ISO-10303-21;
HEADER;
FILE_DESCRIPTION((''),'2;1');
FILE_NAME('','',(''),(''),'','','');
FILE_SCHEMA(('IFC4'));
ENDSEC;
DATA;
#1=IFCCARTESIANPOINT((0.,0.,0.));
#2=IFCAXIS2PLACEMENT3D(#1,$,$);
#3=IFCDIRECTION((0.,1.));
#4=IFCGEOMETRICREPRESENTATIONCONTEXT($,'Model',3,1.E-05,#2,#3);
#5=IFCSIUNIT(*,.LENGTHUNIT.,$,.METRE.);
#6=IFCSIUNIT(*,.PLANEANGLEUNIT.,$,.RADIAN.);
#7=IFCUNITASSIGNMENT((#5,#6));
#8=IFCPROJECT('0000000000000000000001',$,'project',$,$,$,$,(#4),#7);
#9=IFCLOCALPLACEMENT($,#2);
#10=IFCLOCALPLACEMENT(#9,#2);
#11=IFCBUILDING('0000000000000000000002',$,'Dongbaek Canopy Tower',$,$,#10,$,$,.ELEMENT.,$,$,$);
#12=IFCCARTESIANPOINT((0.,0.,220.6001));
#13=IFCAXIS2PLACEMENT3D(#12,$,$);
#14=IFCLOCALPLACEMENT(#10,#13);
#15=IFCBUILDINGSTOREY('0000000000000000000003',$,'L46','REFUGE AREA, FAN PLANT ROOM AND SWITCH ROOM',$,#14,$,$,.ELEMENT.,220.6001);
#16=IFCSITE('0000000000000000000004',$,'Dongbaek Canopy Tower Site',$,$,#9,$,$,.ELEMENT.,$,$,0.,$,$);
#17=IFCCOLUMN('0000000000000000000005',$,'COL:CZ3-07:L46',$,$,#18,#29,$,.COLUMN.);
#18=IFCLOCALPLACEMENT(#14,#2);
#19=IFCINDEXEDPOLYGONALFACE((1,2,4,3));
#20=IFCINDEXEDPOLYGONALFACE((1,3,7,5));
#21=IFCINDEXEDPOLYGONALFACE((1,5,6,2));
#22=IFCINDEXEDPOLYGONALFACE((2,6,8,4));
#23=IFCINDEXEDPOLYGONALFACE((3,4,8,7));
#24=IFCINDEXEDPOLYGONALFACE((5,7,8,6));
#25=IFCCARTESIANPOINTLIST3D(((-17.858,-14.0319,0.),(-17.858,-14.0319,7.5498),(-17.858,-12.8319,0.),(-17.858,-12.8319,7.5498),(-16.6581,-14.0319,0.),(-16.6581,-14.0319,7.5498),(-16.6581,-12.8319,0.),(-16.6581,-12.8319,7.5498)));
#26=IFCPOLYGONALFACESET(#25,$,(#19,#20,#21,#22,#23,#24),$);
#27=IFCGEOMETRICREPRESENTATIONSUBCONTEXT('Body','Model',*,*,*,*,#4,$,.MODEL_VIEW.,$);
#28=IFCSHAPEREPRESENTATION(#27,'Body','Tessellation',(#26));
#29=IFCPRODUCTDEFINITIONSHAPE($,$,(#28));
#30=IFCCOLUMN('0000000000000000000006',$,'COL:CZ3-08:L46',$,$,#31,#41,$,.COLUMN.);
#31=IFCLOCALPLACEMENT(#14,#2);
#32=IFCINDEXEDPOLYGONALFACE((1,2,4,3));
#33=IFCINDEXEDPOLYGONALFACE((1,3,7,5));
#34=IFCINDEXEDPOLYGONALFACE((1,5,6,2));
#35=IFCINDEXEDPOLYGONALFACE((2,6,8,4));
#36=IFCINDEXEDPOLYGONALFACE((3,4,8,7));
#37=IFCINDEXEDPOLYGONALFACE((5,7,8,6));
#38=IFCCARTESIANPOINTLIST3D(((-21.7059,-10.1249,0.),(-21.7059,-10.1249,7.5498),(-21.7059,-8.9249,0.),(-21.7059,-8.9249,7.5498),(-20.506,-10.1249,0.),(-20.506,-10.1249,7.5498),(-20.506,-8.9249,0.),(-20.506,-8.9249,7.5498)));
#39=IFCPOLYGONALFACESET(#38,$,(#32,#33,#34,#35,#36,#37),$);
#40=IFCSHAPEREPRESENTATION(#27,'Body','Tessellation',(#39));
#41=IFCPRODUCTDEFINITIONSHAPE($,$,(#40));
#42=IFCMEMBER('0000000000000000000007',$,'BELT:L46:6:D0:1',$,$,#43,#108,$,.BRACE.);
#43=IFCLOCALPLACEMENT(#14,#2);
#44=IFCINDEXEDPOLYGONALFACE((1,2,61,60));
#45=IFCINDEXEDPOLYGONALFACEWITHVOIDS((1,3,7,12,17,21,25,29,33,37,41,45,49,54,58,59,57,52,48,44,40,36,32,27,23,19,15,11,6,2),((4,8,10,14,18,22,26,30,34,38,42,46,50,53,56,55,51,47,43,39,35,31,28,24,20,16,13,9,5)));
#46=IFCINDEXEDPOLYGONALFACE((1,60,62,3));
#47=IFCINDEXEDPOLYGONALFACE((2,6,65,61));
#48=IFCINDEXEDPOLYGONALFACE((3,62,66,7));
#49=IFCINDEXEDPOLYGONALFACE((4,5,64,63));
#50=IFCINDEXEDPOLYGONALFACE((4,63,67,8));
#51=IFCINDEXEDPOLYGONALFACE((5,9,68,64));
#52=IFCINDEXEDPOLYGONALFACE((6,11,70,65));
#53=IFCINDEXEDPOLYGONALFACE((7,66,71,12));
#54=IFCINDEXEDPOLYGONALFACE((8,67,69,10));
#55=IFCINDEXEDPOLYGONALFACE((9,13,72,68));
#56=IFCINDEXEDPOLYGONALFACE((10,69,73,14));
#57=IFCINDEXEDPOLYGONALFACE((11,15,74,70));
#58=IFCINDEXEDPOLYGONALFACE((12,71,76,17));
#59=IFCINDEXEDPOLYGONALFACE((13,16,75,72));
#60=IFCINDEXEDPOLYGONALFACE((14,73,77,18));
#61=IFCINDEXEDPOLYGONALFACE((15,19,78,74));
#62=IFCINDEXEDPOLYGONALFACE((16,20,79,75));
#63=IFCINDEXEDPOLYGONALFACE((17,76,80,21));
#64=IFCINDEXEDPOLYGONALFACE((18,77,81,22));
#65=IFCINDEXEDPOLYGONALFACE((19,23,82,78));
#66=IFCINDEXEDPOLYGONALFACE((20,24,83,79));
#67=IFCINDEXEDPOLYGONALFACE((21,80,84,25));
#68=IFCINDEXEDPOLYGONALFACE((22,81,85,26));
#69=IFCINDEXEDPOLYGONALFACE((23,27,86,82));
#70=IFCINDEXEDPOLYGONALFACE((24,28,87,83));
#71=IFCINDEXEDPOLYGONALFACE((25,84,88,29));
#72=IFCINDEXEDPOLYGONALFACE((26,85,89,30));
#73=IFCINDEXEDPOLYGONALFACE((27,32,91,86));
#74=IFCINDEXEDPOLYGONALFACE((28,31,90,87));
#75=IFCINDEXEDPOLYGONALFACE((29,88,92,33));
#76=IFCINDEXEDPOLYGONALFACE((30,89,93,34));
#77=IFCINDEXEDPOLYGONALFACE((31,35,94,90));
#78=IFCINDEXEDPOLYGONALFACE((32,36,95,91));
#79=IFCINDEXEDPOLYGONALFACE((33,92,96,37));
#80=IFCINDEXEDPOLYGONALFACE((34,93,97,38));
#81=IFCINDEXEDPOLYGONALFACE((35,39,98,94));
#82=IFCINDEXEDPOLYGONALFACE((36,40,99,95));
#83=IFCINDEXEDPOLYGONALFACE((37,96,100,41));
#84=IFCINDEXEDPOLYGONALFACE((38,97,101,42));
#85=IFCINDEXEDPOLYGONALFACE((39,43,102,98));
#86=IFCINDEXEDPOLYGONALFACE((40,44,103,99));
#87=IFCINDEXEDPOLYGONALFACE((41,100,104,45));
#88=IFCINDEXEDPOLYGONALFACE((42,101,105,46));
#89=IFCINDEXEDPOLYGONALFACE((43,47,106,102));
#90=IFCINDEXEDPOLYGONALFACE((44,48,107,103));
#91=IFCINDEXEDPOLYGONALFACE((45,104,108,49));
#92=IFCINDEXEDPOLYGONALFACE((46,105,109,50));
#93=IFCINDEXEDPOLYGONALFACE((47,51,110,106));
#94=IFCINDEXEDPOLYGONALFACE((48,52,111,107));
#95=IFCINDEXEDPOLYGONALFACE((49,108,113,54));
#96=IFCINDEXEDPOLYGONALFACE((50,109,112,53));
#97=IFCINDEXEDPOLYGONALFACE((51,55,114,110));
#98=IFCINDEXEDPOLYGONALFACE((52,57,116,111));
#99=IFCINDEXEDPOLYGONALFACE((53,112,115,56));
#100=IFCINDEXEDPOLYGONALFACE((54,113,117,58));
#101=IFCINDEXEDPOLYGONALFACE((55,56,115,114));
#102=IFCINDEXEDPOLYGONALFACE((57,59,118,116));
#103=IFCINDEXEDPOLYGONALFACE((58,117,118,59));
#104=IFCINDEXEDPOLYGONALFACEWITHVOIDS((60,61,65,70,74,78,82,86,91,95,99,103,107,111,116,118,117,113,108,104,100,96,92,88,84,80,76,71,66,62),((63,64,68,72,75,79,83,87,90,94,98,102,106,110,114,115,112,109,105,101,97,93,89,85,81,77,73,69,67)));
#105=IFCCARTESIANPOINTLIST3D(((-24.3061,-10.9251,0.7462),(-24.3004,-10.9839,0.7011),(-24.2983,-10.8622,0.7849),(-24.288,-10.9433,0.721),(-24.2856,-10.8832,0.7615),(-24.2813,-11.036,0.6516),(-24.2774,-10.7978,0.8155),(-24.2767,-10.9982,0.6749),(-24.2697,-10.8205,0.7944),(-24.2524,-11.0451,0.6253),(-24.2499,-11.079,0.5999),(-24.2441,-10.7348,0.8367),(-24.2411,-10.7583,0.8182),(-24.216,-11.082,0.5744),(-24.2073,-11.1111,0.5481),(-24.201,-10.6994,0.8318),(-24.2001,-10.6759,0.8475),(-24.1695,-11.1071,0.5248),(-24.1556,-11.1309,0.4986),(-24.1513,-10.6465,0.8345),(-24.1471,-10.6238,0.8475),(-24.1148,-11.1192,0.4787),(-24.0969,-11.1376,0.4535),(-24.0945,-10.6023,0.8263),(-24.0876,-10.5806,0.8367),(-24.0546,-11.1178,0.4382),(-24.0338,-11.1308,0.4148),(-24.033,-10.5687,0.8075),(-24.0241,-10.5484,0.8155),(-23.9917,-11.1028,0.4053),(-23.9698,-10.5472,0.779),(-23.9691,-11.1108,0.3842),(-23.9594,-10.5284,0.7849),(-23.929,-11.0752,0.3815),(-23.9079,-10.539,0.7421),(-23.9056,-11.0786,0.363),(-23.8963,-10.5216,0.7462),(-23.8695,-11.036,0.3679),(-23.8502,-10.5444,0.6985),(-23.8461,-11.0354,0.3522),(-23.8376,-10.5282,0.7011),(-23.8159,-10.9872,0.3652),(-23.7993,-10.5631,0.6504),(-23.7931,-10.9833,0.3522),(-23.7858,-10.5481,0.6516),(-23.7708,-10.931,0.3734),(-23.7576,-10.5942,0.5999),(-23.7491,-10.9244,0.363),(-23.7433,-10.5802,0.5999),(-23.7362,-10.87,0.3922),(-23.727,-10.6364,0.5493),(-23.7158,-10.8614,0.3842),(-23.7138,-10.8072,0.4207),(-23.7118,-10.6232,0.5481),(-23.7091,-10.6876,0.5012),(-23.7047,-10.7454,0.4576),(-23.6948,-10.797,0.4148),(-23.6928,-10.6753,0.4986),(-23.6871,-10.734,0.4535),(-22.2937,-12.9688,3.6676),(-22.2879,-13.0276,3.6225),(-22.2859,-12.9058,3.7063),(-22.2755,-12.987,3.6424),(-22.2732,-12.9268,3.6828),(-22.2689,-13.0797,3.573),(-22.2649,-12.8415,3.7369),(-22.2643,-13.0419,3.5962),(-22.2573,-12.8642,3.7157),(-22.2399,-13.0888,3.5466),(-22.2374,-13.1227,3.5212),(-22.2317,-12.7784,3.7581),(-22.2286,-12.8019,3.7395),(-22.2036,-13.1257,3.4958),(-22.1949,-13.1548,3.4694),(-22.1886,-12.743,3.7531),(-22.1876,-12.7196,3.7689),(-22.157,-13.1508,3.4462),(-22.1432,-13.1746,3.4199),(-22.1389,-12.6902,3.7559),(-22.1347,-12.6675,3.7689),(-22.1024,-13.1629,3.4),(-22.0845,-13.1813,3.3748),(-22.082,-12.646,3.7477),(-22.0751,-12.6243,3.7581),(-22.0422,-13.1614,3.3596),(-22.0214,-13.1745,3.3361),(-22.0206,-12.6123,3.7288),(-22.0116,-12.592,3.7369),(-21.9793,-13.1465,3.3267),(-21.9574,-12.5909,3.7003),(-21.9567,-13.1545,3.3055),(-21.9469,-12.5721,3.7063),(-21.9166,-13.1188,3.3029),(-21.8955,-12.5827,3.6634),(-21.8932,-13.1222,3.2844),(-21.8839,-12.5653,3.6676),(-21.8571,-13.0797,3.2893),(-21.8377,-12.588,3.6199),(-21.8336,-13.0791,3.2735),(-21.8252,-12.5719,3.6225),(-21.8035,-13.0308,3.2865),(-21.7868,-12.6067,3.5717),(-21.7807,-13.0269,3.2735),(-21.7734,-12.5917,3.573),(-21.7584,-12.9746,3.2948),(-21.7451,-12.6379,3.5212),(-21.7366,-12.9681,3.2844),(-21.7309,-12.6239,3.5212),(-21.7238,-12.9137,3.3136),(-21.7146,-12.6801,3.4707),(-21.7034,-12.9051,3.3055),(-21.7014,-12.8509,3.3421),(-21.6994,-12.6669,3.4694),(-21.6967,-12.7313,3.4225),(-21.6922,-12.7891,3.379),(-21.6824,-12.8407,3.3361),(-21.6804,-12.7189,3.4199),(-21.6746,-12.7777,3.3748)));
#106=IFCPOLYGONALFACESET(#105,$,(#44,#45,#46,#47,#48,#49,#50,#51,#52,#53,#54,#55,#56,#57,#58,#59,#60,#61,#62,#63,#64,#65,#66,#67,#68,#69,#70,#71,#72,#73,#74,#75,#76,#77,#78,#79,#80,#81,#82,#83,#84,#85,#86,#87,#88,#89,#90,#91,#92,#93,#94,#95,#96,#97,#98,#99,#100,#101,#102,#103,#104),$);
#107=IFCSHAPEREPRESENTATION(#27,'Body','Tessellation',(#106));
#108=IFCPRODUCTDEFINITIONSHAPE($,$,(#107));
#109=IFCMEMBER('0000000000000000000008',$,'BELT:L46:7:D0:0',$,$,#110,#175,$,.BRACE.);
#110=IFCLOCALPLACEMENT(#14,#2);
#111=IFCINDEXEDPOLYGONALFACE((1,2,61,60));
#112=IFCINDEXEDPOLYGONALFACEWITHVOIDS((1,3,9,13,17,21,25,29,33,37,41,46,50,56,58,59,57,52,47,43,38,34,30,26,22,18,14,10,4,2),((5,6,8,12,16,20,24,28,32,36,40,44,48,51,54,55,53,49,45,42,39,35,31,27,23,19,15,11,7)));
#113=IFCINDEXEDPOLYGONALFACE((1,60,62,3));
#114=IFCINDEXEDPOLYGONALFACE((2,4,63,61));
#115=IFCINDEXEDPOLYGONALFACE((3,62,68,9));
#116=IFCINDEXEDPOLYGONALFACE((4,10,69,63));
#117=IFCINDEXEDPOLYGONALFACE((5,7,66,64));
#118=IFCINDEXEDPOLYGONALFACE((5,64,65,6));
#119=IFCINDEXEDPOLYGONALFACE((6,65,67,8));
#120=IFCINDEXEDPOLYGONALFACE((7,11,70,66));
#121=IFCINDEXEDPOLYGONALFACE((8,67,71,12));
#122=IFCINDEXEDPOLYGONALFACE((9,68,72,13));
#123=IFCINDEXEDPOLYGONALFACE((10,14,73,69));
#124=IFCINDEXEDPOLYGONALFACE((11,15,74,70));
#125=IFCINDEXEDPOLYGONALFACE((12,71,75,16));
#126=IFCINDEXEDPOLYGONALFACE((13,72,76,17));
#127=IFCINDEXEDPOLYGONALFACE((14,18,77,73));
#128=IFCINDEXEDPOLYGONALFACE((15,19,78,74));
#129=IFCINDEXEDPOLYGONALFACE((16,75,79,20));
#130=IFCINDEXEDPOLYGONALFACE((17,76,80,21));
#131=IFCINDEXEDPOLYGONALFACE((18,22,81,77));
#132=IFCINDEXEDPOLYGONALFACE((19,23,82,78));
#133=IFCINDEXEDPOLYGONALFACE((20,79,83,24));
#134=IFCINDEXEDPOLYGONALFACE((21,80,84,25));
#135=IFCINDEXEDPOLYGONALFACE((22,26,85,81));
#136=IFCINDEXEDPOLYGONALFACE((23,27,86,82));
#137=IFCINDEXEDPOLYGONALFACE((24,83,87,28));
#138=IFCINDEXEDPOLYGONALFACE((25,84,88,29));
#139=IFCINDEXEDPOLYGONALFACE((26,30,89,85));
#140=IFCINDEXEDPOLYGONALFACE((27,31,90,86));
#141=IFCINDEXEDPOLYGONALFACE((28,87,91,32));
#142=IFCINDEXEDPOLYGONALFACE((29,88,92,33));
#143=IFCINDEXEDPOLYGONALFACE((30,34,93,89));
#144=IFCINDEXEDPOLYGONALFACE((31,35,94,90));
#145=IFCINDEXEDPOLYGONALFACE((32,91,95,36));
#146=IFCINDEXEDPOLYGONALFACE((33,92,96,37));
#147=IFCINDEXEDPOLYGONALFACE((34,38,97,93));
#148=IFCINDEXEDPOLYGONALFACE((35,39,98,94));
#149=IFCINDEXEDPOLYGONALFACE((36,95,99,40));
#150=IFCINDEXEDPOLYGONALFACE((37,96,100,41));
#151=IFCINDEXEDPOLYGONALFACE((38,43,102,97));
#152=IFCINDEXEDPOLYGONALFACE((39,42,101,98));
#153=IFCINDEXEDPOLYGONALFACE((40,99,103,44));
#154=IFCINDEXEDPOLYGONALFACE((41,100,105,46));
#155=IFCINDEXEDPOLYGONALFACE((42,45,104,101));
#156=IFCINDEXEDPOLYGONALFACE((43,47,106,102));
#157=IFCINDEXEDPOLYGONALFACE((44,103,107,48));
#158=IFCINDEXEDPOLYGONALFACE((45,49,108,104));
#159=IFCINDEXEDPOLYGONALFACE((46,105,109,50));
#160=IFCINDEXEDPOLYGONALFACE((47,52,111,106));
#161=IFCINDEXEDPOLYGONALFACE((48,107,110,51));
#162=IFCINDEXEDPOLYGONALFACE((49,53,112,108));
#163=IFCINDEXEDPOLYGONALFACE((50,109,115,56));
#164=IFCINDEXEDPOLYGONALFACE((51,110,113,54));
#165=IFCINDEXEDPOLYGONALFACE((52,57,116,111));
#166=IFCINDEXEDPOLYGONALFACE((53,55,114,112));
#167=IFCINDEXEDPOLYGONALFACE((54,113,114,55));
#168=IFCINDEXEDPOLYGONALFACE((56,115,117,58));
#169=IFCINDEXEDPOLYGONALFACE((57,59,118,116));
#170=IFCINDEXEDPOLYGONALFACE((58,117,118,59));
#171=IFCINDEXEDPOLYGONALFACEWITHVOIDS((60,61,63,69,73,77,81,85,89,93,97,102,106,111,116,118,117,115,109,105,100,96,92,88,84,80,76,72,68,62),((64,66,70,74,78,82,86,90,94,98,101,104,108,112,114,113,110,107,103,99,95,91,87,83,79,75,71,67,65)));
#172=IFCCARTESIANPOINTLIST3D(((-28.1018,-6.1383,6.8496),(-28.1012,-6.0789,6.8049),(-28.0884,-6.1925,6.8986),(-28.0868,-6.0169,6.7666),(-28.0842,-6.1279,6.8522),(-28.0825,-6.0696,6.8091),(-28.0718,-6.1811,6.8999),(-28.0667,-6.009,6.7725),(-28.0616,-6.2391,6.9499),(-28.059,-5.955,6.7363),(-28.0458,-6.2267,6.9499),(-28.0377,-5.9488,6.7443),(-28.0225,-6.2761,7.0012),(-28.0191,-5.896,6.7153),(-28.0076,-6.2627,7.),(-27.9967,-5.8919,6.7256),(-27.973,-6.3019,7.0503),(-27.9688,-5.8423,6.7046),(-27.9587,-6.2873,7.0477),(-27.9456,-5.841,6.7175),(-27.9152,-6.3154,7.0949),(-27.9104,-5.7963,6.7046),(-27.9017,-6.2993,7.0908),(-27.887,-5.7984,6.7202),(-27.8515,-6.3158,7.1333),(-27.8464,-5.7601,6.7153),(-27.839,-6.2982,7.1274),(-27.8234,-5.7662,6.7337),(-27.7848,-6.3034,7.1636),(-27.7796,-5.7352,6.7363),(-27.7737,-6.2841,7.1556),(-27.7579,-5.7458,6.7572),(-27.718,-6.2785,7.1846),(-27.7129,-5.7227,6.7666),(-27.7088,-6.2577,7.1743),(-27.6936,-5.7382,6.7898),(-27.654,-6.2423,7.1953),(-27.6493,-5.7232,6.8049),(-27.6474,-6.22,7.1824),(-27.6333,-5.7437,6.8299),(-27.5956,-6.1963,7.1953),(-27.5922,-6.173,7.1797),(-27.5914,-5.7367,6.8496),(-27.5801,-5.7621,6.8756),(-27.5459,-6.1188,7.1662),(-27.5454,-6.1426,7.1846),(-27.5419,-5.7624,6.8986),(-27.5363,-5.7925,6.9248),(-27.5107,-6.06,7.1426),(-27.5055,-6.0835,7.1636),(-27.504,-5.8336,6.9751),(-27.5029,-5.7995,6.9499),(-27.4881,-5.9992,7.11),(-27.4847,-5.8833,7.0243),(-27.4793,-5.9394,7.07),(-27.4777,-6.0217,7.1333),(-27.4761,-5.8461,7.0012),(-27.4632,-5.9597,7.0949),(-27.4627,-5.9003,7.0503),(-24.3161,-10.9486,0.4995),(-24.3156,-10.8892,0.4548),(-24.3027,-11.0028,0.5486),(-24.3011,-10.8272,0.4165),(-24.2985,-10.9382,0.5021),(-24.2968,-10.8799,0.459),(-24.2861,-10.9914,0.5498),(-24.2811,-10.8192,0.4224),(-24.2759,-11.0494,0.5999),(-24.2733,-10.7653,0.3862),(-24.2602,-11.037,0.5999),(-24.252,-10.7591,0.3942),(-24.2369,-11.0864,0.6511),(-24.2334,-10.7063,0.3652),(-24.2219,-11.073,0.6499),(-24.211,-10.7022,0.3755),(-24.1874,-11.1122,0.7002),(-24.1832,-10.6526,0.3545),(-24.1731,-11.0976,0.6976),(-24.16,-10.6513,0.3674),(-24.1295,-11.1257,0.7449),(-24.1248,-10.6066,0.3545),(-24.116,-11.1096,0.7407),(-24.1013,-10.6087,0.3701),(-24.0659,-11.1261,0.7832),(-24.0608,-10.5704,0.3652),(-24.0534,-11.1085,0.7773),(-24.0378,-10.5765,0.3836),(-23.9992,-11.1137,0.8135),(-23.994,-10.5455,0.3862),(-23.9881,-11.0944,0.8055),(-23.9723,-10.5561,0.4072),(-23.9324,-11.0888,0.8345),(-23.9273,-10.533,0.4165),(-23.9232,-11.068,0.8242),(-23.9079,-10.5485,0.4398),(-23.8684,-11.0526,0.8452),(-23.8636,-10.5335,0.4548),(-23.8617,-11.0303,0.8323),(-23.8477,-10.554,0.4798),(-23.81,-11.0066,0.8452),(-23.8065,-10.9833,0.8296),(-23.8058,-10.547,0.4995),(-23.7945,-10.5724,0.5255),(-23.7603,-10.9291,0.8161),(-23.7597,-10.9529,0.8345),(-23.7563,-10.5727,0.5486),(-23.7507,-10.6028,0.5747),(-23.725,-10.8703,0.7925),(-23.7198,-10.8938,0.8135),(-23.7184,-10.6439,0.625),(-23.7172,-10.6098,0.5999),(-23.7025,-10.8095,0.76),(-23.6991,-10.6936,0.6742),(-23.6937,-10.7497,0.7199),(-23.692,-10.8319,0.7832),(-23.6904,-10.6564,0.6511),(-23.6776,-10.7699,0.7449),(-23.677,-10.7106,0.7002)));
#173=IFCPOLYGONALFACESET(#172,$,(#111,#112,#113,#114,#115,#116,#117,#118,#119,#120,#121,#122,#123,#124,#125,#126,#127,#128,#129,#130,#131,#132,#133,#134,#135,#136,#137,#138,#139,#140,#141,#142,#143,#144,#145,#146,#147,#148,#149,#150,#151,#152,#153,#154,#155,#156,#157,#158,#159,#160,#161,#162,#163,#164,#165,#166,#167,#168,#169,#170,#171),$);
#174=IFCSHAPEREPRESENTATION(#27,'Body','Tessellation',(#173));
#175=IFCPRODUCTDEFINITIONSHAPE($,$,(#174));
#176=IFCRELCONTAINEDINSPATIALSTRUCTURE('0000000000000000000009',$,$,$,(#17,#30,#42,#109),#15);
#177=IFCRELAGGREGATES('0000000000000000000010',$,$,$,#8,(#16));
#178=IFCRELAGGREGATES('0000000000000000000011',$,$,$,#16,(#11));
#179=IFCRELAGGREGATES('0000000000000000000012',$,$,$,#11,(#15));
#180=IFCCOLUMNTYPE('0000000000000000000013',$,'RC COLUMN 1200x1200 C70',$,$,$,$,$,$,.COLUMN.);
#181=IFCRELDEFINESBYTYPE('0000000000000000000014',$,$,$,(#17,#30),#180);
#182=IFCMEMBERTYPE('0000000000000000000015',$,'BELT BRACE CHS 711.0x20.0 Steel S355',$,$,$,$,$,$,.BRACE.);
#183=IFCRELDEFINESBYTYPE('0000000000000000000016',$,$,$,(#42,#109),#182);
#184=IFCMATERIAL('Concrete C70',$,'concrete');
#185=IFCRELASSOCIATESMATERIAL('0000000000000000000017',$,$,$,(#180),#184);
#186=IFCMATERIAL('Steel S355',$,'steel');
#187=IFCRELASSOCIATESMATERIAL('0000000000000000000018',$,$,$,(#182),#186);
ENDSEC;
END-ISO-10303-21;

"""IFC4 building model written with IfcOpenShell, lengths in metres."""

from ifc_helpers import new_model, si_unit, direction, frame, origin, origin_2d, place, context, subcontext, project, spatial, rectangle, hollow_circle, extrude, material, material_profile, profile_set, type_object, element, save


model = new_model("IFC4")

# Units and contexts
model_context = context("Model", 3, precision=1e-05, world=origin(), true_north=direction((0.0, 1.0)))
body_context = subcontext(model_context, "Body", "Model", "MODEL_VIEW")
ifc_project = project(units=[si_unit("LENGTHUNIT", "METRE"), si_unit("PLANEANGLEUNIT", "RADIAN")], contexts=[model_context])

# Site, building, storey
site_placement = place(None, origin())
site = spatial("IfcSite", under=ifc_project, at=site_placement, Name="Dongbaek Canopy Tower Site", CompositionType="ELEMENT", RefElevation=0.0)
building_placement = place(site_placement, origin())
building = spatial("IfcBuilding", under=site, at=building_placement, Name="Dongbaek Canopy Tower", CompositionType="ELEMENT")
storey_placement = place(building_placement, frame((0.0, 0.0, 220.6001)))
storey = spatial("IfcBuildingStorey", under=building, at=storey_placement, Name="L46", Description="REFUGE AREA, FAN PLANT ROOM AND SWITCH ROOM", CompositionType="ELEMENT", Elevation=220.6001)

# Columns
ifc_material_1 = material(Name="Concrete C70", Category="concrete")
ifc_material_profile_1 = material_profile(ifc_material_1, rectangle(XDim=1.2, YDim=1.2, at=origin_2d()), Name="RC COLUMN 1200x1200 C70")
ifc_profile_set_1 = profile_set([ifc_material_profile_1], Name="Concrete C70")
column_type = type_object("IfcColumnType", Name="RC COLUMN 1200x1200 C70", PredefinedType="COLUMN", material=ifc_profile_set_1)
for number, where, z_axis, x_axis, name in (
    (1, (-17.2581, -13.4319, 0.0), (0.0, 0.0, 1.0), (1.0, 0.0, 0.0), "COL:CZ3-07:L46"),
    (2, (-21.106, -9.5249, 0.0), (0.0, 0.0, 1.0), (1.0, 0.0, 0.0), "COL:CZ3-08:L46"),
):
    element("IfcColumn", number, at=place(storey_placement, frame(where, z_axis=z_axis, x_axis=x_axis)), inside=storey, type_object=column_type, Name=name, PredefinedType="COLUMN", context=body_context, shape_type="SweptSolid", body=[
        extrude(rectangle(XDim=1.2, YDim=1.2, at=origin_2d()), origin(), (0.0, 0.0, 1.0), 7.5498),
    ])

# Members
ifc_material_2 = material(Name="Steel S355", Category="steel")
ifc_material_profile_2 = material_profile(ifc_material_2, hollow_circle(Radius=0.3555, WallThickness=0.02, at=origin_2d()), Name="BELT BRACE CHS 711.0x20.0 Steel S355")
ifc_profile_set_2 = profile_set([ifc_material_profile_2], Name="Steel S355")
member_type_1 = type_object("IfcMemberType", Name="BELT BRACE CHS 711.0x20.0 Steel S355", PredefinedType="BRACE", material=ifc_profile_set_2)
member_1_placement = place(storey_placement, frame((-23.9966, -10.8296, 0.5999), z_axis=(0.491556, -0.499189, 0.71357), x_axis=(0.712533, 0.701638, 0.0)))
element("IfcMember", 3, at=member_1_placement, inside=storey, type_object=member_type_1, Name="BELT:L46:6:D0:1", PredefinedType="BRACE", context=body_context, shape_type="SweptSolid", body=[
    extrude(hollow_circle(Radius=0.3555, WallThickness=0.02, at=origin_2d()), origin(), (0.0, 0.0, 1.0), 4.094),
])
member_2_placement = place(storey_placement, frame((-23.9966, -10.8296, 0.5999), z_axis=(-0.429207, 0.545381, 0.719959), x_axis=(-0.785832, -0.61844, 0.0)))
element("IfcMember", 4, at=member_2_placement, inside=storey, type_object=member_type_1, Name="BELT:L46:7:D0:0", PredefinedType="BRACE", context=body_context, shape_type="SweptSolid", body=[
    extrude(hollow_circle(Radius=0.3555, WallThickness=0.02, at=origin_2d()), origin(), (0.0, 0.0, 1.0), 8.8201),
])

save(model, "model.ifc")
